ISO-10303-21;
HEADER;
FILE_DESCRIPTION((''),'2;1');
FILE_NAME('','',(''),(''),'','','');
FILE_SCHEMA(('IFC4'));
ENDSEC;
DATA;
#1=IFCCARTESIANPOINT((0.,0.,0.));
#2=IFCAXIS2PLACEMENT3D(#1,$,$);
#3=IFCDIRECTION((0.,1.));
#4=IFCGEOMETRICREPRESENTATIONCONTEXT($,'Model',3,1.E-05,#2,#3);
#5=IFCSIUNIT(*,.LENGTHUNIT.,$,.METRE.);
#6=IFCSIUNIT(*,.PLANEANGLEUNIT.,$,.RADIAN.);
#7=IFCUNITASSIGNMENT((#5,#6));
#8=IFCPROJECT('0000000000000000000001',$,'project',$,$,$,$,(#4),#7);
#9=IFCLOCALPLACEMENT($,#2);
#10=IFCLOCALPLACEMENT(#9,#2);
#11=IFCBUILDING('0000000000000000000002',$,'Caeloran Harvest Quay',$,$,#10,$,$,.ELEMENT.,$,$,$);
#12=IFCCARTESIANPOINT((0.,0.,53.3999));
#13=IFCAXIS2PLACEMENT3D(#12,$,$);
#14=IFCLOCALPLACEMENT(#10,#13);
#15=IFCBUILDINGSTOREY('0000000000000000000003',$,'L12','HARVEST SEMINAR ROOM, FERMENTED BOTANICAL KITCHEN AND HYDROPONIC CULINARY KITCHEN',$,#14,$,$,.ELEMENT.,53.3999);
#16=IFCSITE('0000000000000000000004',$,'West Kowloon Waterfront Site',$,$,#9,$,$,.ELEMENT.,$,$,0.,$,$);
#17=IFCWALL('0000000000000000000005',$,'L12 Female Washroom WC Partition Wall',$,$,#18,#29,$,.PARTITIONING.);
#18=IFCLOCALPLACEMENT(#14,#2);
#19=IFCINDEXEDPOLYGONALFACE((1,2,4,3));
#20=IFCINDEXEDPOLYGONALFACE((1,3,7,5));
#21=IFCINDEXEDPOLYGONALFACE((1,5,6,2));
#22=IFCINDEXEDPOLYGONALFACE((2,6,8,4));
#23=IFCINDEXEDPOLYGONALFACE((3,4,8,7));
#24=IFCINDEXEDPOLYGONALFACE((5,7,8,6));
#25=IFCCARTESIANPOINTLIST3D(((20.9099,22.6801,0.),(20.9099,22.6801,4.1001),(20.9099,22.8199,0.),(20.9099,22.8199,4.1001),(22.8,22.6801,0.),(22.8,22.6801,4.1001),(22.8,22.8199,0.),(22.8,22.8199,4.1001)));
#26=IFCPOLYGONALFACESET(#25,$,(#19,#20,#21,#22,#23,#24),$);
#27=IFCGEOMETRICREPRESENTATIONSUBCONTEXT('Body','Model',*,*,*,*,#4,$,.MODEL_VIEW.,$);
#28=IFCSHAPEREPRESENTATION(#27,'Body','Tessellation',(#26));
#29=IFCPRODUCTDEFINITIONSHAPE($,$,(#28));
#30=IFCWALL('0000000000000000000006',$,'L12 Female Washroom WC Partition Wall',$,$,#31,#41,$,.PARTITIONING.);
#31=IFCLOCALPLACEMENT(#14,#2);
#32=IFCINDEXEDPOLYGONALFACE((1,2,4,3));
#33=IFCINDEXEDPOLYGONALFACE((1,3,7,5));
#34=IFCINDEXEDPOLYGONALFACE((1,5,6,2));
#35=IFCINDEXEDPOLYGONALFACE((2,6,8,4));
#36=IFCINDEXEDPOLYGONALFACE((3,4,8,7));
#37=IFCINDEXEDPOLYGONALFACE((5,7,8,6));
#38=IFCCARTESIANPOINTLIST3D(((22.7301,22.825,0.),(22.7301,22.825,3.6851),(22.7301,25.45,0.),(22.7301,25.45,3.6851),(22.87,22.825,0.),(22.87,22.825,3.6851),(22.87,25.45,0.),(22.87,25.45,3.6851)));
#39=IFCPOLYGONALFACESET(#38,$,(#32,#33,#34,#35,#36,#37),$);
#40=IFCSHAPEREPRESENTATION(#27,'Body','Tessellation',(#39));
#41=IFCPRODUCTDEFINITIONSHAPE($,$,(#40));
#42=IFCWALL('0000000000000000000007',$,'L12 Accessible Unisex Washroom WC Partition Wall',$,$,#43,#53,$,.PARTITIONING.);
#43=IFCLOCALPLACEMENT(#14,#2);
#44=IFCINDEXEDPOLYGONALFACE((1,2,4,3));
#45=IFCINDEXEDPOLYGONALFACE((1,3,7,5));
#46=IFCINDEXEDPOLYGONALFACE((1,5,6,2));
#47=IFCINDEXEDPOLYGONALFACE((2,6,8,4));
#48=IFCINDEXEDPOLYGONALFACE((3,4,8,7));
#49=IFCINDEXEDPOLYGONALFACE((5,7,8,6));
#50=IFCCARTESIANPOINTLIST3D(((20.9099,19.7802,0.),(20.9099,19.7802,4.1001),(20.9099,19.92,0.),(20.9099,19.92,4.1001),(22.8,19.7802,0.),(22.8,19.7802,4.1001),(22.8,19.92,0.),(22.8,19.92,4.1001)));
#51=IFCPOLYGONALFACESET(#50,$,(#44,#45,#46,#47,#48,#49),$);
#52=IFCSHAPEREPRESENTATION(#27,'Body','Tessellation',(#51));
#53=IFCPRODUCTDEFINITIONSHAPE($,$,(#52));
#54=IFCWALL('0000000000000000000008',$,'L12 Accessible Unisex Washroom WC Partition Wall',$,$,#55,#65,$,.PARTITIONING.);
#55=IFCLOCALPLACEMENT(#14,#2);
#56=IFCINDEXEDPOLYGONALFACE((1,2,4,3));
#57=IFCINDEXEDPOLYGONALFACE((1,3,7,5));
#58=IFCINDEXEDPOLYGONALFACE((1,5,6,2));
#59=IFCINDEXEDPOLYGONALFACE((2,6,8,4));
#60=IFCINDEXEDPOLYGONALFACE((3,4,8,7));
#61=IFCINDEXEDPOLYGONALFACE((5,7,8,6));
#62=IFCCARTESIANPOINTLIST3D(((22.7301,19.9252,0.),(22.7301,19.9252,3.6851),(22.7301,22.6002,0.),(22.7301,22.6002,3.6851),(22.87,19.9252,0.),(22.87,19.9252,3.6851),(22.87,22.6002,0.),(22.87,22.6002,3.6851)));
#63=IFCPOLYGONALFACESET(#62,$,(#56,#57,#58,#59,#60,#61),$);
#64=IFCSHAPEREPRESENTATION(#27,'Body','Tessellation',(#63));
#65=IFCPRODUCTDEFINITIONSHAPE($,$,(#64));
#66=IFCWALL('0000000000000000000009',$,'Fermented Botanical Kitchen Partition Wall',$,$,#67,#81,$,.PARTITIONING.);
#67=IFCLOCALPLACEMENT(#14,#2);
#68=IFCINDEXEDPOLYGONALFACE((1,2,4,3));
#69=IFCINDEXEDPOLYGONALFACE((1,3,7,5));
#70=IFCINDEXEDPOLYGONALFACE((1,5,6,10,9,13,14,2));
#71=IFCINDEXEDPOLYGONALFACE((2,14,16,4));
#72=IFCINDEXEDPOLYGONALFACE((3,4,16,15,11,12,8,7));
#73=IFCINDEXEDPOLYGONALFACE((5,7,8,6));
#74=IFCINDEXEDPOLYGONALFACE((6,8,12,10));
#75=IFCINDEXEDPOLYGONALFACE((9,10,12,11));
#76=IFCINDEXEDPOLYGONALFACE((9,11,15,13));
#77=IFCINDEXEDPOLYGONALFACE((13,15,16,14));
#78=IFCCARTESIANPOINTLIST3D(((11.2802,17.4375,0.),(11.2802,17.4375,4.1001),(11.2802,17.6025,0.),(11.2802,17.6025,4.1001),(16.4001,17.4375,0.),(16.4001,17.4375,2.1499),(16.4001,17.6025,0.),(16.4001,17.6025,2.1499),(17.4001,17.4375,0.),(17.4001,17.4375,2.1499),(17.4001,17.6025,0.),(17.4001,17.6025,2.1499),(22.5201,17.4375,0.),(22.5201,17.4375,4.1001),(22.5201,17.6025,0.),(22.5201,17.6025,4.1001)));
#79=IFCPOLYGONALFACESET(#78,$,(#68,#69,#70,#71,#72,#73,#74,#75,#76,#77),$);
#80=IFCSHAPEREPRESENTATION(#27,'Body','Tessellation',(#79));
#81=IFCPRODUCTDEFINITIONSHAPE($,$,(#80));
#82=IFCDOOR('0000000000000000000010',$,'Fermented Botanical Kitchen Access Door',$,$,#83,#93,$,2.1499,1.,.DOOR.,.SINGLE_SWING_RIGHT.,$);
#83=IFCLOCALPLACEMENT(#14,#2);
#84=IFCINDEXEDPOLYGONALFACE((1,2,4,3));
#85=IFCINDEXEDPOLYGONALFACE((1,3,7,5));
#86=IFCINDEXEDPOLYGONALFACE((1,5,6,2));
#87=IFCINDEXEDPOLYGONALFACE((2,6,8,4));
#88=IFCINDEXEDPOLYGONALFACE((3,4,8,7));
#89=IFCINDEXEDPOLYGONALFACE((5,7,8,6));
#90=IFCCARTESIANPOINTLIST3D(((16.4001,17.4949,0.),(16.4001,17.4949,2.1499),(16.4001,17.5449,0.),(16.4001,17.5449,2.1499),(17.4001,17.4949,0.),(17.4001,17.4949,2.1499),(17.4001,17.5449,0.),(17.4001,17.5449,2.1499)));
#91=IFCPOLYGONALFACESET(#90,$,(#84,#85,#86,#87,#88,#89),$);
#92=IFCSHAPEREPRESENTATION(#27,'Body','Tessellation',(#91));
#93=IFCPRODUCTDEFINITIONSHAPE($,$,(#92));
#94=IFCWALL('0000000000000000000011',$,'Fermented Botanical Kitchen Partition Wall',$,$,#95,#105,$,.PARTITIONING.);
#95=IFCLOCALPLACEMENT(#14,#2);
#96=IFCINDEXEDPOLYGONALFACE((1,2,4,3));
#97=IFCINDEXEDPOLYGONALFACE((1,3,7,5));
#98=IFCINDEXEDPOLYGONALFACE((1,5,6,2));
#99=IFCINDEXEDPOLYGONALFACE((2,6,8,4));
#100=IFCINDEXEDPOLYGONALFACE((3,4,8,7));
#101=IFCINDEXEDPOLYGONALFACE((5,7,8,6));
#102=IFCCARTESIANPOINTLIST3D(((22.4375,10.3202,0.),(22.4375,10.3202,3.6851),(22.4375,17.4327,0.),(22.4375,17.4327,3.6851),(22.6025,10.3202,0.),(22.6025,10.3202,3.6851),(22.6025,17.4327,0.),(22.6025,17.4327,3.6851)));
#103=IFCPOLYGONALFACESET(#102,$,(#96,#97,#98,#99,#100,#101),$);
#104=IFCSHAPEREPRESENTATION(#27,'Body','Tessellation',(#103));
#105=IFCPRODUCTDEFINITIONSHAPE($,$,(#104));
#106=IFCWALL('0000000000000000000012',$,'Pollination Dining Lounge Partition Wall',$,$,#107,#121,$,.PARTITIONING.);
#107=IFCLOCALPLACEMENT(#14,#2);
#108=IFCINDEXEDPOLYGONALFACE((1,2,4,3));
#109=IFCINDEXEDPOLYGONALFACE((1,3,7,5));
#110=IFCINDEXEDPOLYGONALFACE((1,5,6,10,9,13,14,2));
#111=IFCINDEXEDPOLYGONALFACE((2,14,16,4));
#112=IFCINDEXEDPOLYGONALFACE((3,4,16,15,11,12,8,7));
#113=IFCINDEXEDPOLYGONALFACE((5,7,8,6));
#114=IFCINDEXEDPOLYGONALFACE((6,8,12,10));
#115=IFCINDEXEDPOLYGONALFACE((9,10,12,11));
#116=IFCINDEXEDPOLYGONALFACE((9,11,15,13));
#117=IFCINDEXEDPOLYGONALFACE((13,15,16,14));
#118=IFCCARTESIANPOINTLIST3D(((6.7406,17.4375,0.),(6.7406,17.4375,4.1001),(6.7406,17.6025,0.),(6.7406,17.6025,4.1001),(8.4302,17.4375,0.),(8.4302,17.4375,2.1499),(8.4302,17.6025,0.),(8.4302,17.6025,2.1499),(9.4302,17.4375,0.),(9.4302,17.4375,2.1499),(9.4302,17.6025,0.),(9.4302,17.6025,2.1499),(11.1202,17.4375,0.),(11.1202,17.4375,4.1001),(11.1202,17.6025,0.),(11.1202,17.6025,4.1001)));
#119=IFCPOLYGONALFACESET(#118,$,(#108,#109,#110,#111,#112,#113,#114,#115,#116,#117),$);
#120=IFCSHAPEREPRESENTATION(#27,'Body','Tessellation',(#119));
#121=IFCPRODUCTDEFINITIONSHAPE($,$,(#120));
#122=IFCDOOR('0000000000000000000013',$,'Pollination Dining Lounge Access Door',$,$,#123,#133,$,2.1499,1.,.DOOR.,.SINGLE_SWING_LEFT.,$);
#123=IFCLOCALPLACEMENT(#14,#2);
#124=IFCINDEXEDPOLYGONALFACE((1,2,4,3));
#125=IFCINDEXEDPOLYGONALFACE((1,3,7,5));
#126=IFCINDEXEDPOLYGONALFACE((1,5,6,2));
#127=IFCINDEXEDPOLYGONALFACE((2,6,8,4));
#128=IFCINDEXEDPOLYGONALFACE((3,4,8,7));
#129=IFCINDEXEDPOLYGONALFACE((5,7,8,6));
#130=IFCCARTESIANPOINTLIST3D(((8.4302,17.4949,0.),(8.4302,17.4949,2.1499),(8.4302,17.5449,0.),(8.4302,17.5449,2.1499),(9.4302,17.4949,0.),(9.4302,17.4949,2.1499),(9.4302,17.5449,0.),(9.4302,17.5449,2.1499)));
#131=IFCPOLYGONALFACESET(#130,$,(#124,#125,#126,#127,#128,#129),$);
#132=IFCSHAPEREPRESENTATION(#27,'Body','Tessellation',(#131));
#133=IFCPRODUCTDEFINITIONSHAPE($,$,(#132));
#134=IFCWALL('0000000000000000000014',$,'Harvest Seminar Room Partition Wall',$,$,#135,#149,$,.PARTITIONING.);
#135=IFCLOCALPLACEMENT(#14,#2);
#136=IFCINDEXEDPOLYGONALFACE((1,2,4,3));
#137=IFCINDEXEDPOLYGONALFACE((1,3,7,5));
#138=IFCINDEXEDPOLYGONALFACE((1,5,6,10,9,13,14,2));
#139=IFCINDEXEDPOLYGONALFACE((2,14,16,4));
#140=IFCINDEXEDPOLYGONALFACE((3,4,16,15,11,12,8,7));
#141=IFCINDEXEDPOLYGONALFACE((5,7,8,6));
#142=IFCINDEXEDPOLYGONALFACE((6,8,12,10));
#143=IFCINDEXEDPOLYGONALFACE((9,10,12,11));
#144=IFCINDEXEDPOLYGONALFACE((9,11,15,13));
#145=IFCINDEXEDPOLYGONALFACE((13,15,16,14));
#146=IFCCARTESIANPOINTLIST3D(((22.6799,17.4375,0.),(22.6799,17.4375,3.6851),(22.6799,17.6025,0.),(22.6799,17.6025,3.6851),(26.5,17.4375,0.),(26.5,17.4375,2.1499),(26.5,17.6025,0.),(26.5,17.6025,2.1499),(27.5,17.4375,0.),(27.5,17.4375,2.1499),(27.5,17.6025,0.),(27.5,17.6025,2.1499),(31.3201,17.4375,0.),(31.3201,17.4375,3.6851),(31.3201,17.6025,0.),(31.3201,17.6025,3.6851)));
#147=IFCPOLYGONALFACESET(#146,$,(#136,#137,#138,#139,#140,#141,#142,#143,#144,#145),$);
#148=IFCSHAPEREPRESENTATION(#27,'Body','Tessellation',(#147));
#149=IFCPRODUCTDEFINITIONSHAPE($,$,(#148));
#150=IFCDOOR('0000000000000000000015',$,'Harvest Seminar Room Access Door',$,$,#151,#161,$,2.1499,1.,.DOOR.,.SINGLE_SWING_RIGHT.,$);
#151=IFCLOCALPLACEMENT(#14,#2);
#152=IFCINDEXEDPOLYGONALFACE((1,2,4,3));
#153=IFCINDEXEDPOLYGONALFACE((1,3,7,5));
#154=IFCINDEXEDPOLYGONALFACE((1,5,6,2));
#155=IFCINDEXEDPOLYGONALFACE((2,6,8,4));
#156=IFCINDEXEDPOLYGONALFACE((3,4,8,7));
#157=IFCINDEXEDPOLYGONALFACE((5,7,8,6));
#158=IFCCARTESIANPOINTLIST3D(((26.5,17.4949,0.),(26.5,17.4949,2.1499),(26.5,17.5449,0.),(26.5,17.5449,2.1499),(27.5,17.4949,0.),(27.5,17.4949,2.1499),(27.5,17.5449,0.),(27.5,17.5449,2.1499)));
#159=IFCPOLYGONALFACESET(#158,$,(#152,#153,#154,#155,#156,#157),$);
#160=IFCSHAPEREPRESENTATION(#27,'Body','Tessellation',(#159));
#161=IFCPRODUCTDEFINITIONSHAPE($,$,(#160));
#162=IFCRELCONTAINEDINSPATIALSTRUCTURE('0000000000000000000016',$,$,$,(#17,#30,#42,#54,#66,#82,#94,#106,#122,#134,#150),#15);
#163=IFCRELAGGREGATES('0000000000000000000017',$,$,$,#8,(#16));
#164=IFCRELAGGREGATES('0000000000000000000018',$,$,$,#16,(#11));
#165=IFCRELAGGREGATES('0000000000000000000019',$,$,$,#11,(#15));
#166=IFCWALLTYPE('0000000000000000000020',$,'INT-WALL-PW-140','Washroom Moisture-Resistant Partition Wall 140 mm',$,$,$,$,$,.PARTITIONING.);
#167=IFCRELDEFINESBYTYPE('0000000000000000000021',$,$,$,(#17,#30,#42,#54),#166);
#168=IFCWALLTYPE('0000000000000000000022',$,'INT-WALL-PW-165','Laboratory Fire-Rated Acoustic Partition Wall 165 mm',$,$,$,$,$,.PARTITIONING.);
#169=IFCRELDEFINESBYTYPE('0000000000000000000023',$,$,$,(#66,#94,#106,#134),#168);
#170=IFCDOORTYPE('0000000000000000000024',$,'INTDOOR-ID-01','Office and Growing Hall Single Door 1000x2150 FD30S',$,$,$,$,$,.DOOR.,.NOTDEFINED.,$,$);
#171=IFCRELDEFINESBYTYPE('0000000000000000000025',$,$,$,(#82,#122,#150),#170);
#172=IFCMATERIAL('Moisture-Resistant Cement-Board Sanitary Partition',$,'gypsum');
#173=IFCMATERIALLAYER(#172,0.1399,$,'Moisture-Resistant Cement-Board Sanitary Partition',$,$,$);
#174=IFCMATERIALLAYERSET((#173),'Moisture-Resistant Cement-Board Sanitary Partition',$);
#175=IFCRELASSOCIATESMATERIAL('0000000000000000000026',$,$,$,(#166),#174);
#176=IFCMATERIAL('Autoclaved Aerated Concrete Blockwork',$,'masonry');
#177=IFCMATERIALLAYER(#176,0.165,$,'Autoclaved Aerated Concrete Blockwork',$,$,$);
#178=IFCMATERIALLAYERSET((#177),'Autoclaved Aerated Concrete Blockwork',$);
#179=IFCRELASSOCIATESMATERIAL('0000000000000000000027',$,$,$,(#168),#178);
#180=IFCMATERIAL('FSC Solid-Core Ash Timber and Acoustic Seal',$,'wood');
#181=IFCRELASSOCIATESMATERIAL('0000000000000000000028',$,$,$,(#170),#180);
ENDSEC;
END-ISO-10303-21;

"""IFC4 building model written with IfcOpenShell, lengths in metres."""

from ifc_helpers import new_model, si_unit, direction, frame, frame_2d, origin, place, context, subcontext, project, spatial, rectangle, extrude, material, layer, layer_set, type_object, element, fill, save


model = new_model("IFC4")

# Units and contexts
model_context = context("Model", 3, precision=1e-05, world=origin(), true_north=direction((0.0, 1.0)))
body_context = subcontext(model_context, "Body", "Model", "MODEL_VIEW")
ifc_project = project(units=[si_unit("LENGTHUNIT", "METRE"), si_unit("PLANEANGLEUNIT", "RADIAN")], contexts=[model_context])

# Site, building, storey
site_placement = place(None, origin())
site = spatial("IfcSite", under=ifc_project, at=site_placement, Name="West Kowloon Waterfront Site", CompositionType="ELEMENT", RefElevation=0.0)
building_placement = place(site_placement, origin())
building = spatial("IfcBuilding", under=site, at=building_placement, Name="Caeloran Harvest Quay", CompositionType="ELEMENT")
storey_placement = place(building_placement, frame((0.0, 0.0, 53.3999)))
storey = spatial("IfcBuildingStorey", under=building, at=storey_placement, Name="L12", Description="HARVEST SEMINAR ROOM, FERMENTED BOTANICAL KITCHEN AND HYDROPONIC CULINARY KITCHEN", CompositionType="ELEMENT", Elevation=53.3999)

# Shared definitions
ifc_material_1 = material(Name="Moisture-Resistant Cement-Board Sanitary Partition", Category="gypsum")
ifc_layer_1 = layer(ifc_material_1, 0.1399, Name="Moisture-Resistant Cement-Board Sanitary Partition")
ifc_layer_set_1 = layer_set([ifc_layer_1], Name="Moisture-Resistant Cement-Board Sanitary Partition")
wall_type_1 = type_object("IfcWallType", Name="INT-WALL-PW-140", Description="Washroom Moisture-Resistant Partition Wall 140 mm", PredefinedType="PARTITIONING", material=ifc_layer_set_1)

# Wall
wall_1_placement = place(storey_placement, frame((22.8, 22.75, 0.0), z_axis=(0.0, 0.0, 1.0), x_axis=(-1.0, 0.0, 0.0)))
element("IfcWall", 1, at=wall_1_placement, inside=storey, type_object=wall_type_1, Name="L12 Female Washroom WC Partition Wall", PredefinedType="PARTITIONING", context=body_context, shape_type="SweptSolid", body=[
    extrude(rectangle(XDim=1.8901, YDim=0.1399, at=frame_2d((0.9451, 0.0))), origin(), (0.0, 0.0, 1.0), 4.1001),
])

# Walls
wall_2_placement = place(storey_placement, frame((22.8, 25.45, 0.0), z_axis=(0.0, 0.0, 1.0), x_axis=(0.0, -1.0, 0.0)))
element("IfcWall", 2, at=wall_2_placement, inside=storey, type_object=wall_type_1, Name="L12 Female Washroom WC Partition Wall", PredefinedType="PARTITIONING", context=body_context, shape_type="SweptSolid", body=[
    extrude(rectangle(XDim=2.625, YDim=0.1399, at=frame_2d((1.3125, 0.0))), origin(), (0.0, 0.0, 1.0), 3.6851),
])
wall_3_placement = place(storey_placement, frame((22.8, 19.8501, 0.0), z_axis=(0.0, 0.0, 1.0), x_axis=(-1.0, 0.0, 0.0)))
element("IfcWall", 3, at=wall_3_placement, inside=storey, type_object=wall_type_1, Name="L12 Accessible Unisex Washroom WC Partition Wall", PredefinedType="PARTITIONING", context=body_context, shape_type="SweptSolid", body=[
    extrude(rectangle(XDim=1.8901, YDim=0.1399, at=frame_2d((0.9451, 0.0))), origin(), (0.0, 0.0, 1.0), 4.1001),
])

# Wall
wall_4_placement = place(storey_placement, frame((22.8, 22.6001, 0.0), z_axis=(0.0, 0.0, 1.0), x_axis=(0.0, -1.0, 0.0)))
element("IfcWall", 4, at=wall_4_placement, inside=storey, type_object=wall_type_1, Name="L12 Accessible Unisex Washroom WC Partition Wall", PredefinedType="PARTITIONING", context=body_context, shape_type="SweptSolid", body=[
    extrude(rectangle(XDim=2.675, YDim=0.1399, at=frame_2d((1.3374, 0.0))), origin(), (0.0, 0.0, 1.0), 3.6851),
])

# Wall, opening, door
ifc_material_2 = material(Name="Autoclaved Aerated Concrete Blockwork", Category="masonry")
ifc_layer_2 = layer(ifc_material_2, 0.165, Name="Autoclaved Aerated Concrete Blockwork")
ifc_layer_set_2 = layer_set([ifc_layer_2], Name="Autoclaved Aerated Concrete Blockwork")
wall_type_2 = type_object("IfcWallType", Name="INT-WALL-PW-165", Description="Laboratory Fire-Rated Acoustic Partition Wall 165 mm", PredefinedType="PARTITIONING", material=ifc_layer_set_2)
wall_5_placement = place(storey_placement, frame((11.28, 17.52, 0.0), z_axis=(0.0, 0.0, 1.0), x_axis=(1.0, 0.0, 0.0)))
wall_5 = element("IfcWall", 5, at=wall_5_placement, inside=storey, type_object=wall_type_2, Name="Fermented Botanical Kitchen Partition Wall", PredefinedType="PARTITIONING", context=body_context, shape_type="SweptSolid", body=[
    extrude(rectangle(XDim=11.24, YDim=0.165, at=frame_2d((5.6201, 0.0))), origin(), (0.0, 0.0, 1.0), 4.1001),
])
opening_1_placement = place(wall_5_placement, frame((5.1201, 0.0, 0.0)))
opening_1 = element("IfcOpeningElement", 6, at=opening_1_placement, cuts=wall_5, PredefinedType="OPENING", context=body_context, shape_type="SweptSolid", body=[
    extrude(rectangle(XDim=1.0, YDim=2.1499, at=frame_2d((0.5, 1.075))), frame((0.0, 0.0925, 0.0), z_axis=(0.0, -1.0, 0.0), x_axis=(1.0, 0.0, 0.0)), (0.0, 0.0, 1.0), 0.1851),
])
ifc_material_3 = material(Name="FSC Solid-Core Ash Timber and Acoustic Seal", Category="wood")
door_type_1 = type_object("IfcDoorType", Name="INTDOOR-ID-01", Description="Office and Growing Hall Single Door 1000x2150 FD30S", OperationType="NOTDEFINED", PredefinedType="DOOR", material=ifc_material_3)
door_1_placement = place(opening_1_placement, origin())
door_1 = element("IfcDoor", 7, at=door_1_placement, inside=storey, type_object=door_type_1, Name="Fermented Botanical Kitchen Access Door", OperationType="SINGLE_SWING_RIGHT", OverallHeight=2.1499, OverallWidth=1.0, PredefinedType="DOOR", context=body_context, shape_type="SweptSolid", body=[
    extrude(rectangle(XDim=1.0, YDim=2.1499, at=frame_2d((0.5, 1.075))), frame((0.0, 0.0249, 0.0), z_axis=(0.0, -1.0, 0.0), x_axis=(1.0, 0.0, 0.0)), (0.0, 0.0, 1.0), 0.05),
])
fill(opening_1, door_1)

# Wall
wall_6_placement = place(storey_placement, frame((22.52, 17.4326, 0.0), z_axis=(0.0, 0.0, 1.0), x_axis=(0.0, -1.0, 0.0)))
element("IfcWall", 8, at=wall_6_placement, inside=storey, type_object=wall_type_2, Name="Fermented Botanical Kitchen Partition Wall", PredefinedType="PARTITIONING", context=body_context, shape_type="SweptSolid", body=[
    extrude(rectangle(XDim=7.1125, YDim=0.165, at=frame_2d((3.5562, 0.0))), origin(), (0.0, 0.0, 1.0), 3.6851),
])

# Walls, openings, doors
wall_7_placement = place(storey_placement, frame((6.7405, 17.52, 0.0), z_axis=(0.0, 0.0, 1.0), x_axis=(1.0, 0.0, 0.0)))
wall_7 = element("IfcWall", 9, at=wall_7_placement, inside=storey, type_object=wall_type_2, Name="Pollination Dining Lounge Partition Wall", PredefinedType="PARTITIONING", context=body_context, shape_type="SweptSolid", body=[
    extrude(rectangle(XDim=4.3796, YDim=0.165, at=frame_2d((2.1899, 0.0))), origin(), (0.0, 0.0, 1.0), 4.1001),
])
opening_2_placement = place(wall_7_placement, frame((1.6897, 0.0, 0.0)))
opening_2 = element("IfcOpeningElement", 10, at=opening_2_placement, cuts=wall_7, PredefinedType="OPENING", context=body_context, shape_type="SweptSolid", body=[
    extrude(rectangle(XDim=1.0, YDim=2.1499, at=frame_2d((0.5, 1.075))), frame((0.0, 0.0925, 0.0), z_axis=(0.0, -1.0, 0.0), x_axis=(1.0, 0.0, 0.0)), (0.0, 0.0, 1.0), 0.1851),
])
door_2_placement = place(opening_2_placement, origin())
door_2 = element("IfcDoor", 11, at=door_2_placement, inside=storey, type_object=door_type_1, Name="Pollination Dining Lounge Access Door", OperationType="SINGLE_SWING_LEFT", OverallHeight=2.1499, OverallWidth=1.0, PredefinedType="DOOR", context=body_context, shape_type="SweptSolid", body=[
    extrude(rectangle(XDim=1.0, YDim=2.1499, at=frame_2d((0.5, 1.075))), frame((0.0, 0.0249, 0.0), z_axis=(0.0, -1.0, 0.0), x_axis=(1.0, 0.0, 0.0)), (0.0, 0.0, 1.0), 0.05),
])
fill(opening_2, door_2)
wall_8_placement = place(storey_placement, frame((22.6799, 17.52, 0.0), z_axis=(0.0, 0.0, 1.0), x_axis=(1.0, 0.0, 0.0)))
wall_8 = element("IfcWall", 12, at=wall_8_placement, inside=storey, type_object=wall_type_2, Name="Harvest Seminar Room Partition Wall", PredefinedType="PARTITIONING", context=body_context, shape_type="SweptSolid", body=[
    extrude(rectangle(XDim=8.6401, YDim=0.165, at=frame_2d((4.3201, 0.0))), origin(), (0.0, 0.0, 1.0), 3.6851),
])
opening_3_placement = place(wall_8_placement, frame((3.8201, 0.0, 0.0)))
opening_3 = element("IfcOpeningElement", 13, at=opening_3_placement, cuts=wall_8, PredefinedType="OPENING", context=body_context, shape_type="SweptSolid", body=[
    extrude(rectangle(XDim=1.0, YDim=2.1499, at=frame_2d((0.5, 1.075))), frame((0.0, 0.0925, 0.0), z_axis=(0.0, -1.0, 0.0), x_axis=(1.0, 0.0, 0.0)), (0.0, 0.0, 1.0), 0.1851),
])
door_3_placement = place(opening_3_placement, origin())
door_3 = element("IfcDoor", 14, at=door_3_placement, inside=storey, type_object=door_type_1, Name="Harvest Seminar Room Access Door", OperationType="SINGLE_SWING_RIGHT", OverallHeight=2.1499, OverallWidth=1.0, PredefinedType="DOOR", context=body_context, shape_type="SweptSolid", body=[
    extrude(rectangle(XDim=1.0, YDim=2.1499, at=frame_2d((0.5, 1.075))), frame((0.0, 0.0249, 0.0), z_axis=(0.0, -1.0, 0.0), x_axis=(1.0, 0.0, 0.0)), (0.0, 0.0, 1.0), 0.05),
])
fill(opening_3, door_3)

save(model, "model.ifc")
